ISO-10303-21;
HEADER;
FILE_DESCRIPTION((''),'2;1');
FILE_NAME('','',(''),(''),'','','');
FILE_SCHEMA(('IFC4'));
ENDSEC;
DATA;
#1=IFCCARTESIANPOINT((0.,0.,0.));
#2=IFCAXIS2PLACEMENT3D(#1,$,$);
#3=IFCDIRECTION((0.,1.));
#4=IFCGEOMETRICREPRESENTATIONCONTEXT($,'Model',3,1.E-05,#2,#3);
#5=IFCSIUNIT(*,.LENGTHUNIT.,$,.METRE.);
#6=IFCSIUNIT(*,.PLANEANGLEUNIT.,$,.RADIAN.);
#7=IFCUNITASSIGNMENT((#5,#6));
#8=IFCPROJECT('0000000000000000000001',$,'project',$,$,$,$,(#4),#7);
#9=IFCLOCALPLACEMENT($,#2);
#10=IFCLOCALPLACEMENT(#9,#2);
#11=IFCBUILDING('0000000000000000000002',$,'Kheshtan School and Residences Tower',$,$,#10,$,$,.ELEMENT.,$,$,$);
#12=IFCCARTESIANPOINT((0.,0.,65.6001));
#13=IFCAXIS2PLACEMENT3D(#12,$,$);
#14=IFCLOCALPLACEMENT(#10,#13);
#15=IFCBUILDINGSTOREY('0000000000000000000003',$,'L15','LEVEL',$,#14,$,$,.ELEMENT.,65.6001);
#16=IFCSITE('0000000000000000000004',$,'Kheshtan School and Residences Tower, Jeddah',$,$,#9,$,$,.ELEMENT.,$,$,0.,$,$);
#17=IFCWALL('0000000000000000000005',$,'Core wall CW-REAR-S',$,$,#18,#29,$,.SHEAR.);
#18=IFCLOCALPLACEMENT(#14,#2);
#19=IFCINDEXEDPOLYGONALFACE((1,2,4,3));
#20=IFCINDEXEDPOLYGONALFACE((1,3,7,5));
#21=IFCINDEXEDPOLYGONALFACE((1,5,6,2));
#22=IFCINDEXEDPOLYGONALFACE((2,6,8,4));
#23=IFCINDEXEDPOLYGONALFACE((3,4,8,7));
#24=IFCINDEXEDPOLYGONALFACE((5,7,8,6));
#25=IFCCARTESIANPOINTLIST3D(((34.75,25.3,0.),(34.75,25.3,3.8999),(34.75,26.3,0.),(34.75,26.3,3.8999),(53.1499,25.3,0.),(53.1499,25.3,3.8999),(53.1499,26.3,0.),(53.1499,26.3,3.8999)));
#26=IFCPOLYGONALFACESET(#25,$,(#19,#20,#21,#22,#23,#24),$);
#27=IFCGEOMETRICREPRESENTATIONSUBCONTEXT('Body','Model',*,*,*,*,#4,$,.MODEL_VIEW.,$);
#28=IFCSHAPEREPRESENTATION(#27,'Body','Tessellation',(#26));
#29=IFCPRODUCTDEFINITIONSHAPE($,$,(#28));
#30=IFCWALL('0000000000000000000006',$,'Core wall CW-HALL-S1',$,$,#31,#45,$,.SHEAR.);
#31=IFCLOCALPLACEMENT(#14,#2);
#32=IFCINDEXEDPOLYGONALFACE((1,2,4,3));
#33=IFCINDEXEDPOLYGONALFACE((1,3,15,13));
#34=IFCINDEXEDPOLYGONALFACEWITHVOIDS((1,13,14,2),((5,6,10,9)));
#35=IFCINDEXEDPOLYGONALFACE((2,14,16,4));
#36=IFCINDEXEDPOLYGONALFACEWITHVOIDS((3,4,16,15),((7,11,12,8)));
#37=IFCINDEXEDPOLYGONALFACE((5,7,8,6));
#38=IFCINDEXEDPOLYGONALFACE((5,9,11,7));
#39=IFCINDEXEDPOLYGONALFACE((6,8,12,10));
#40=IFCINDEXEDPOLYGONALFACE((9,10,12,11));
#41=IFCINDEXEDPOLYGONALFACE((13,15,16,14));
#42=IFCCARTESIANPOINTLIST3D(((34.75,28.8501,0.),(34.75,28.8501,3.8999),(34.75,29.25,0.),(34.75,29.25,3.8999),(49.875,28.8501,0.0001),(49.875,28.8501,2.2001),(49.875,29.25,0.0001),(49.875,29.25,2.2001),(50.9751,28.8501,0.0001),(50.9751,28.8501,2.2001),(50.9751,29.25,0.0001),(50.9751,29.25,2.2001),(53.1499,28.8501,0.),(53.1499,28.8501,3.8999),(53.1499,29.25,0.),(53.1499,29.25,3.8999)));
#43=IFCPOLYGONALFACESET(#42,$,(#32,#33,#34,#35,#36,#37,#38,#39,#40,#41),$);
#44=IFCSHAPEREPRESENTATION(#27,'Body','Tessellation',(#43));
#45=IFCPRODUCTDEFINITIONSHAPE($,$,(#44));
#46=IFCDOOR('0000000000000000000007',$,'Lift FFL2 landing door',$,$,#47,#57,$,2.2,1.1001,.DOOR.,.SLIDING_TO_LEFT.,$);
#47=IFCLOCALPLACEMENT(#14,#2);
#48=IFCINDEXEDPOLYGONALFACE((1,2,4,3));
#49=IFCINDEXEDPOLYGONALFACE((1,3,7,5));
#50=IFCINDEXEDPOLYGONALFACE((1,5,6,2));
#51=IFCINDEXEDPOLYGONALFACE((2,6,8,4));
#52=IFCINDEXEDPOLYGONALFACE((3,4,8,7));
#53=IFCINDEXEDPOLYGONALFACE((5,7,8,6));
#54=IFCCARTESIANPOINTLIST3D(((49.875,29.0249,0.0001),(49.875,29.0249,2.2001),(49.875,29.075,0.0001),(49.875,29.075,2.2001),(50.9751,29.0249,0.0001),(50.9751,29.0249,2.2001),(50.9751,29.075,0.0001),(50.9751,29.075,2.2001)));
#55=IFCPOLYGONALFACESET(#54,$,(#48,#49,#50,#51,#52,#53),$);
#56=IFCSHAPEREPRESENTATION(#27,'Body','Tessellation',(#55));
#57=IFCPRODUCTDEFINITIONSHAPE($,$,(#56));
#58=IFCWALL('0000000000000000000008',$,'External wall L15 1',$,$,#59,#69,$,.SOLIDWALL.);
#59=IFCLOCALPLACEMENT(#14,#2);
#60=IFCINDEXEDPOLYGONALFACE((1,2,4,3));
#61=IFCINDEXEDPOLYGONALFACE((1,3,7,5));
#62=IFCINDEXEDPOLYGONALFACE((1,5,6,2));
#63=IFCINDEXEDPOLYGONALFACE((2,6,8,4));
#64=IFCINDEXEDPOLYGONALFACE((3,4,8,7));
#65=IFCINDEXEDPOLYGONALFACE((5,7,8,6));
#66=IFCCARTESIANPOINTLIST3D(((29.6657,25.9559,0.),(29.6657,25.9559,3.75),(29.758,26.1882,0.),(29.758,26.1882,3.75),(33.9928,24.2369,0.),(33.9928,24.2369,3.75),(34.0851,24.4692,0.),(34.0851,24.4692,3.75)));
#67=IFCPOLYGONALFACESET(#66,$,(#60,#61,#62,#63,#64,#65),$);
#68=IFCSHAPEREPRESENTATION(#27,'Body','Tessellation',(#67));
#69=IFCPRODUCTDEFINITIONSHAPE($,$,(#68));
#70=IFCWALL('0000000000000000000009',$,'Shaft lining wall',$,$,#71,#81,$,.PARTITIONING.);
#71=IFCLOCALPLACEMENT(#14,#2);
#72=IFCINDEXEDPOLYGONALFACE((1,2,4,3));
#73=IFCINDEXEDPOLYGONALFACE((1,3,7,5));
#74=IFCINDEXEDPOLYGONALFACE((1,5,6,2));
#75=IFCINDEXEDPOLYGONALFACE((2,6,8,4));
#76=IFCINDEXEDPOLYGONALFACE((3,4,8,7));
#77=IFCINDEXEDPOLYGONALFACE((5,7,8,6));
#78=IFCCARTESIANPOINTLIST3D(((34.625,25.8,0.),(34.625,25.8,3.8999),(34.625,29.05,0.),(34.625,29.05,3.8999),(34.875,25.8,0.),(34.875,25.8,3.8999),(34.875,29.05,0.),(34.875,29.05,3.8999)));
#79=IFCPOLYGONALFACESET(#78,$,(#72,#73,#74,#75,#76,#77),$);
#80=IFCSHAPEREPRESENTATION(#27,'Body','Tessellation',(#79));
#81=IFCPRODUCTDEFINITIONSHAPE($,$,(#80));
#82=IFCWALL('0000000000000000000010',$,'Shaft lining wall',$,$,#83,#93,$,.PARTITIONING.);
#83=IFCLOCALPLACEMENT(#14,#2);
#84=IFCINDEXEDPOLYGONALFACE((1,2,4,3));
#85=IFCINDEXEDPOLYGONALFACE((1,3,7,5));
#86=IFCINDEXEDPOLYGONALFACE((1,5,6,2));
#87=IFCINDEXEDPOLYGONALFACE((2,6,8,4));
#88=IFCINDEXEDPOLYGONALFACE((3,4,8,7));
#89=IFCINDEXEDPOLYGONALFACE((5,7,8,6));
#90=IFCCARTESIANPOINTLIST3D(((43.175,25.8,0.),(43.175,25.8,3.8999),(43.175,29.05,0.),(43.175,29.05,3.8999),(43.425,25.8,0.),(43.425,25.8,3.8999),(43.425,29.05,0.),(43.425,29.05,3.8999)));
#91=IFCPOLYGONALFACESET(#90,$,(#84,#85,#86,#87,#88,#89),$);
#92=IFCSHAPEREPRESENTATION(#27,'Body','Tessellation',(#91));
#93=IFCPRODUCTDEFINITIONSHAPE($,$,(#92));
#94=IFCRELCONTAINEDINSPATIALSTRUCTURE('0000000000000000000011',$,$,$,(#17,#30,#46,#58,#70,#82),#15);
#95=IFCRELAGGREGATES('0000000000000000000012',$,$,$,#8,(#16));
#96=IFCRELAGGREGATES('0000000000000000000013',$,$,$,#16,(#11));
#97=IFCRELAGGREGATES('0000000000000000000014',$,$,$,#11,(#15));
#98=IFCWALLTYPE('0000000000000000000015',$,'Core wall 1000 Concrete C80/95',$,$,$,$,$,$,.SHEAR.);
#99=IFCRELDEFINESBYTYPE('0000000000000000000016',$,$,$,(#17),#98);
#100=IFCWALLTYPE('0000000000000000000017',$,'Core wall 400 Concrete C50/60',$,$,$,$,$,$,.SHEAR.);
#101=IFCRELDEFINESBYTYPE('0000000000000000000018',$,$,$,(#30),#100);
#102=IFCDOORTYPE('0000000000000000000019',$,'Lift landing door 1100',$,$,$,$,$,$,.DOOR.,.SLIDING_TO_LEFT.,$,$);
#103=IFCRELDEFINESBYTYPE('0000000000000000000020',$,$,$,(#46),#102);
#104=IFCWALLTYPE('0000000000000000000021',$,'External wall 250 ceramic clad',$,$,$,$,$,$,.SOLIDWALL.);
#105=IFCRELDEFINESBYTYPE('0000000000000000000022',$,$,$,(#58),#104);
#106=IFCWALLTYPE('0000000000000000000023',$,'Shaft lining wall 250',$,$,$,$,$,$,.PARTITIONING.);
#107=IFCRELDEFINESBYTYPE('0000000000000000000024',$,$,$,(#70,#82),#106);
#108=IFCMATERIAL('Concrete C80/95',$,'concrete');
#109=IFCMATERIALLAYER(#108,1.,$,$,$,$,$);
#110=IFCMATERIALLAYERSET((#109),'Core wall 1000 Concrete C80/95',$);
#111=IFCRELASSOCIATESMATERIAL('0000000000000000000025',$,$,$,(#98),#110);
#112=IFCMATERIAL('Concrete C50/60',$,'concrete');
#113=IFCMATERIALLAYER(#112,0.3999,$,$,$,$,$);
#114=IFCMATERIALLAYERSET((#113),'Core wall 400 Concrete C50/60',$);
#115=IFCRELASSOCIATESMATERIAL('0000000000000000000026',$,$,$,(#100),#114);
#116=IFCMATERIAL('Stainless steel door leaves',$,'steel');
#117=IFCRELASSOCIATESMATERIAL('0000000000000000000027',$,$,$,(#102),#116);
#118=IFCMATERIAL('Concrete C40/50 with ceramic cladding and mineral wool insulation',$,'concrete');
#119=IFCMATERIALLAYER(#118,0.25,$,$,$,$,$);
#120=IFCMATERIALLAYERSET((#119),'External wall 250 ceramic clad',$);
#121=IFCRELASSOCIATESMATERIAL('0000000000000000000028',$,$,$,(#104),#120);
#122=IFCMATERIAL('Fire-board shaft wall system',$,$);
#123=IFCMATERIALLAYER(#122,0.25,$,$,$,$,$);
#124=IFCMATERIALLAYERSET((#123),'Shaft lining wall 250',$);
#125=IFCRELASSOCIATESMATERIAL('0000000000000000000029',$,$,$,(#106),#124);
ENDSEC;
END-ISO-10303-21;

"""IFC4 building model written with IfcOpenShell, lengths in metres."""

from ifc_helpers import new_model, si_unit, direction, frame, frame_2d, origin, place, context, subcontext, project, spatial, rectangle, extrude, source, transform, mapped, material, layer, layer_set, type_object, element, fill, save


model = new_model("IFC4")

# Units and contexts
model_context = context("Model", 3, precision=1e-05, world=origin(), true_north=direction((0.0, 1.0)))
body_context = subcontext(model_context, "Body", "Model", "MODEL_VIEW")
ifc_project = project(units=[si_unit("LENGTHUNIT", "METRE"), si_unit("PLANEANGLEUNIT", "RADIAN")], contexts=[model_context])

# Site, building, storey
site_placement = place(None, origin())
site = spatial("IfcSite", under=ifc_project, at=site_placement, Name="Kheshtan School and Residences Tower, Jeddah", CompositionType="ELEMENT", RefElevation=0.0)
building_placement = place(site_placement, origin())
building = spatial("IfcBuilding", under=site, at=building_placement, Name="Kheshtan School and Residences Tower", CompositionType="ELEMENT")
storey_placement = place(building_placement, frame((0.0, 0.0, 65.6001)))
storey = spatial("IfcBuildingStorey", under=building, at=storey_placement, Name="L15", Description="LEVEL", CompositionType="ELEMENT", Elevation=65.6001)

# Wall
ifc_material_1 = material(Name="Concrete C80/95", Category="concrete")
ifc_layer_1 = layer(ifc_material_1, 1.0)
ifc_layer_set_1 = layer_set([ifc_layer_1], Name="Core wall 1000 Concrete C80/95")
wall_type_1 = type_object("IfcWallType", Name="Core wall 1000 Concrete C80/95", PredefinedType="SHEAR", material=ifc_layer_set_1)
wall_1_placement = place(storey_placement, frame((34.75, 25.8, 0.0), z_axis=(0.0, 0.0, 1.0), x_axis=(1.0, 0.0, 0.0)))
element("IfcWall", 1, at=wall_1_placement, inside=storey, type_object=wall_type_1, Name="Core wall CW-REAR-S", PredefinedType="SHEAR", context=body_context, shape_type="SweptSolid", body=[
    extrude(rectangle(XDim=18.3999, YDim=1.0, at=frame_2d((9.2, 0.0))), origin(), (0.0, 0.0, 1.0), 3.8999),
])

# Wall, opening, door
ifc_material_2 = material(Name="Concrete C50/60", Category="concrete")
ifc_layer_2 = layer(ifc_material_2, 0.3999)
ifc_layer_set_2 = layer_set([ifc_layer_2], Name="Core wall 400 Concrete C50/60")
wall_type_2 = type_object("IfcWallType", Name="Core wall 400 Concrete C50/60", PredefinedType="SHEAR", material=ifc_layer_set_2)
wall_2_placement = place(storey_placement, frame((34.75, 29.05, 0.0), z_axis=(0.0, 0.0, 1.0), x_axis=(1.0, 0.0, 0.0)))
wall_2 = element("IfcWall", 2, at=wall_2_placement, inside=storey, type_object=wall_type_2, Name="Core wall CW-HALL-S1", PredefinedType="SHEAR", context=body_context, shape_type="SweptSolid", body=[
    extrude(rectangle(XDim=18.3999, YDim=0.3999, at=frame_2d((9.2, 0.0))), origin(), (0.0, 0.0, 1.0), 3.8999),
])
opening_placement = place(wall_2_placement, frame((15.125, 0.0, 0.0)))
opening = element("IfcOpeningElement", 3, at=opening_placement, cuts=wall_2, PredefinedType="OPENING", context=body_context, shape_type="SweptSolid", body=[
    extrude(rectangle(XDim=1.1001, YDim=2.2, at=frame_2d((0.55, 1.1001))), frame((0.0, 0.21, 0.0), z_axis=(0.0, -1.0, 0.0), x_axis=(1.0, 0.0, 0.0)), (0.0, 0.0, 1.0), 0.4199),
])
ifc_material_3 = material(Name="Stainless steel door leaves", Category="steel")
door_type = type_object("IfcDoorType", Name="Lift landing door 1100", OperationType="SLIDING_TO_LEFT", PredefinedType="DOOR", material=ifc_material_3)
shared_shape = source(origin(), body_context, "Body", "SweptSolid", [
    extrude(rectangle(XDim=1.1001, YDim=2.2, at=frame_2d((0.55, 1.1001))), frame((0.0, 0.0249, 0.0), z_axis=(0.0, -1.0, 0.0), x_axis=(1.0, 0.0, 0.0)), (0.0, 0.0, 1.0), 0.05),
])
door_placement = place(opening_placement, origin())
door = element("IfcDoor", 4, at=door_placement, inside=storey, type_object=door_type, Name="Lift FFL2 landing door", OperationType="SLIDING_TO_LEFT", OverallHeight=2.2, OverallWidth=1.1001, PredefinedType="DOOR", context=body_context, shape_type="MappedRepresentation", body=[
    mapped(shared_shape, transform((0.0, 0.0, 0.0), x_axis=(1.0, 0.0, 0.0), y_axis=(0.0, 1.0, 0.0), z_axis=(0.0, 0.0, 1.0), scale=1.0)),
])
fill(opening, door)

# Walls
ifc_material_4 = material(Name="Concrete C40/50 with ceramic cladding and mineral wool insulation", Category="concrete")
ifc_layer_3 = layer(ifc_material_4, 0.25)
ifc_layer_set_3 = layer_set([ifc_layer_3], Name="External wall 250 ceramic clad")
wall_type_3 = type_object("IfcWallType", Name="External wall 250 ceramic clad", PredefinedType="SOLIDWALL", material=ifc_layer_set_3)
wall_3_placement = place(storey_placement, frame((34.0391, 24.353, 0.0), z_axis=(0.0, 0.0, 1.0), x_axis=(-0.929353, 0.369193, 0.0)))
element("IfcWall", 5, at=wall_3_placement, inside=storey, type_object=wall_type_3, Name="External wall L15 1", PredefinedType="SOLIDWALL", context=body_context, shape_type="SweptSolid", body=[
    extrude(rectangle(XDim=4.656, YDim=0.25, at=frame_2d((2.3281, 0.0))), origin(), (0.0, 0.0, 1.0), 3.75),
])
ifc_material_5 = material(Name="Fire-board shaft wall system")
ifc_layer_4 = layer(ifc_material_5, 0.25)
ifc_layer_set_4 = layer_set([ifc_layer_4], Name="Shaft lining wall 250")
wall_type_4 = type_object("IfcWallType", Name="Shaft lining wall 250", PredefinedType="PARTITIONING", material=ifc_layer_set_4)
for number, where, z_axis, x_axis, name in (
    (6, (34.75, 25.8, 0.0), (0.0, 0.0, 1.0), (0.0, 1.0, 0.0), "Shaft lining wall"),
    (7, (43.3, 25.8, 0.0), (0.0, 0.0, 1.0), (0.0, 1.0, 0.0), "Shaft lining wall"),
):
    element("IfcWall", number, at=place(storey_placement, frame(where, z_axis=z_axis, x_axis=x_axis)), inside=storey, type_object=wall_type_4, Name=name, PredefinedType="PARTITIONING", context=body_context, shape_type="SweptSolid", body=[
        extrude(rectangle(XDim=3.25, YDim=0.25, at=frame_2d((1.625, 0.0))), origin(), (0.0, 0.0, 1.0), 3.8999),
    ])

save(model, "model.ifc")
